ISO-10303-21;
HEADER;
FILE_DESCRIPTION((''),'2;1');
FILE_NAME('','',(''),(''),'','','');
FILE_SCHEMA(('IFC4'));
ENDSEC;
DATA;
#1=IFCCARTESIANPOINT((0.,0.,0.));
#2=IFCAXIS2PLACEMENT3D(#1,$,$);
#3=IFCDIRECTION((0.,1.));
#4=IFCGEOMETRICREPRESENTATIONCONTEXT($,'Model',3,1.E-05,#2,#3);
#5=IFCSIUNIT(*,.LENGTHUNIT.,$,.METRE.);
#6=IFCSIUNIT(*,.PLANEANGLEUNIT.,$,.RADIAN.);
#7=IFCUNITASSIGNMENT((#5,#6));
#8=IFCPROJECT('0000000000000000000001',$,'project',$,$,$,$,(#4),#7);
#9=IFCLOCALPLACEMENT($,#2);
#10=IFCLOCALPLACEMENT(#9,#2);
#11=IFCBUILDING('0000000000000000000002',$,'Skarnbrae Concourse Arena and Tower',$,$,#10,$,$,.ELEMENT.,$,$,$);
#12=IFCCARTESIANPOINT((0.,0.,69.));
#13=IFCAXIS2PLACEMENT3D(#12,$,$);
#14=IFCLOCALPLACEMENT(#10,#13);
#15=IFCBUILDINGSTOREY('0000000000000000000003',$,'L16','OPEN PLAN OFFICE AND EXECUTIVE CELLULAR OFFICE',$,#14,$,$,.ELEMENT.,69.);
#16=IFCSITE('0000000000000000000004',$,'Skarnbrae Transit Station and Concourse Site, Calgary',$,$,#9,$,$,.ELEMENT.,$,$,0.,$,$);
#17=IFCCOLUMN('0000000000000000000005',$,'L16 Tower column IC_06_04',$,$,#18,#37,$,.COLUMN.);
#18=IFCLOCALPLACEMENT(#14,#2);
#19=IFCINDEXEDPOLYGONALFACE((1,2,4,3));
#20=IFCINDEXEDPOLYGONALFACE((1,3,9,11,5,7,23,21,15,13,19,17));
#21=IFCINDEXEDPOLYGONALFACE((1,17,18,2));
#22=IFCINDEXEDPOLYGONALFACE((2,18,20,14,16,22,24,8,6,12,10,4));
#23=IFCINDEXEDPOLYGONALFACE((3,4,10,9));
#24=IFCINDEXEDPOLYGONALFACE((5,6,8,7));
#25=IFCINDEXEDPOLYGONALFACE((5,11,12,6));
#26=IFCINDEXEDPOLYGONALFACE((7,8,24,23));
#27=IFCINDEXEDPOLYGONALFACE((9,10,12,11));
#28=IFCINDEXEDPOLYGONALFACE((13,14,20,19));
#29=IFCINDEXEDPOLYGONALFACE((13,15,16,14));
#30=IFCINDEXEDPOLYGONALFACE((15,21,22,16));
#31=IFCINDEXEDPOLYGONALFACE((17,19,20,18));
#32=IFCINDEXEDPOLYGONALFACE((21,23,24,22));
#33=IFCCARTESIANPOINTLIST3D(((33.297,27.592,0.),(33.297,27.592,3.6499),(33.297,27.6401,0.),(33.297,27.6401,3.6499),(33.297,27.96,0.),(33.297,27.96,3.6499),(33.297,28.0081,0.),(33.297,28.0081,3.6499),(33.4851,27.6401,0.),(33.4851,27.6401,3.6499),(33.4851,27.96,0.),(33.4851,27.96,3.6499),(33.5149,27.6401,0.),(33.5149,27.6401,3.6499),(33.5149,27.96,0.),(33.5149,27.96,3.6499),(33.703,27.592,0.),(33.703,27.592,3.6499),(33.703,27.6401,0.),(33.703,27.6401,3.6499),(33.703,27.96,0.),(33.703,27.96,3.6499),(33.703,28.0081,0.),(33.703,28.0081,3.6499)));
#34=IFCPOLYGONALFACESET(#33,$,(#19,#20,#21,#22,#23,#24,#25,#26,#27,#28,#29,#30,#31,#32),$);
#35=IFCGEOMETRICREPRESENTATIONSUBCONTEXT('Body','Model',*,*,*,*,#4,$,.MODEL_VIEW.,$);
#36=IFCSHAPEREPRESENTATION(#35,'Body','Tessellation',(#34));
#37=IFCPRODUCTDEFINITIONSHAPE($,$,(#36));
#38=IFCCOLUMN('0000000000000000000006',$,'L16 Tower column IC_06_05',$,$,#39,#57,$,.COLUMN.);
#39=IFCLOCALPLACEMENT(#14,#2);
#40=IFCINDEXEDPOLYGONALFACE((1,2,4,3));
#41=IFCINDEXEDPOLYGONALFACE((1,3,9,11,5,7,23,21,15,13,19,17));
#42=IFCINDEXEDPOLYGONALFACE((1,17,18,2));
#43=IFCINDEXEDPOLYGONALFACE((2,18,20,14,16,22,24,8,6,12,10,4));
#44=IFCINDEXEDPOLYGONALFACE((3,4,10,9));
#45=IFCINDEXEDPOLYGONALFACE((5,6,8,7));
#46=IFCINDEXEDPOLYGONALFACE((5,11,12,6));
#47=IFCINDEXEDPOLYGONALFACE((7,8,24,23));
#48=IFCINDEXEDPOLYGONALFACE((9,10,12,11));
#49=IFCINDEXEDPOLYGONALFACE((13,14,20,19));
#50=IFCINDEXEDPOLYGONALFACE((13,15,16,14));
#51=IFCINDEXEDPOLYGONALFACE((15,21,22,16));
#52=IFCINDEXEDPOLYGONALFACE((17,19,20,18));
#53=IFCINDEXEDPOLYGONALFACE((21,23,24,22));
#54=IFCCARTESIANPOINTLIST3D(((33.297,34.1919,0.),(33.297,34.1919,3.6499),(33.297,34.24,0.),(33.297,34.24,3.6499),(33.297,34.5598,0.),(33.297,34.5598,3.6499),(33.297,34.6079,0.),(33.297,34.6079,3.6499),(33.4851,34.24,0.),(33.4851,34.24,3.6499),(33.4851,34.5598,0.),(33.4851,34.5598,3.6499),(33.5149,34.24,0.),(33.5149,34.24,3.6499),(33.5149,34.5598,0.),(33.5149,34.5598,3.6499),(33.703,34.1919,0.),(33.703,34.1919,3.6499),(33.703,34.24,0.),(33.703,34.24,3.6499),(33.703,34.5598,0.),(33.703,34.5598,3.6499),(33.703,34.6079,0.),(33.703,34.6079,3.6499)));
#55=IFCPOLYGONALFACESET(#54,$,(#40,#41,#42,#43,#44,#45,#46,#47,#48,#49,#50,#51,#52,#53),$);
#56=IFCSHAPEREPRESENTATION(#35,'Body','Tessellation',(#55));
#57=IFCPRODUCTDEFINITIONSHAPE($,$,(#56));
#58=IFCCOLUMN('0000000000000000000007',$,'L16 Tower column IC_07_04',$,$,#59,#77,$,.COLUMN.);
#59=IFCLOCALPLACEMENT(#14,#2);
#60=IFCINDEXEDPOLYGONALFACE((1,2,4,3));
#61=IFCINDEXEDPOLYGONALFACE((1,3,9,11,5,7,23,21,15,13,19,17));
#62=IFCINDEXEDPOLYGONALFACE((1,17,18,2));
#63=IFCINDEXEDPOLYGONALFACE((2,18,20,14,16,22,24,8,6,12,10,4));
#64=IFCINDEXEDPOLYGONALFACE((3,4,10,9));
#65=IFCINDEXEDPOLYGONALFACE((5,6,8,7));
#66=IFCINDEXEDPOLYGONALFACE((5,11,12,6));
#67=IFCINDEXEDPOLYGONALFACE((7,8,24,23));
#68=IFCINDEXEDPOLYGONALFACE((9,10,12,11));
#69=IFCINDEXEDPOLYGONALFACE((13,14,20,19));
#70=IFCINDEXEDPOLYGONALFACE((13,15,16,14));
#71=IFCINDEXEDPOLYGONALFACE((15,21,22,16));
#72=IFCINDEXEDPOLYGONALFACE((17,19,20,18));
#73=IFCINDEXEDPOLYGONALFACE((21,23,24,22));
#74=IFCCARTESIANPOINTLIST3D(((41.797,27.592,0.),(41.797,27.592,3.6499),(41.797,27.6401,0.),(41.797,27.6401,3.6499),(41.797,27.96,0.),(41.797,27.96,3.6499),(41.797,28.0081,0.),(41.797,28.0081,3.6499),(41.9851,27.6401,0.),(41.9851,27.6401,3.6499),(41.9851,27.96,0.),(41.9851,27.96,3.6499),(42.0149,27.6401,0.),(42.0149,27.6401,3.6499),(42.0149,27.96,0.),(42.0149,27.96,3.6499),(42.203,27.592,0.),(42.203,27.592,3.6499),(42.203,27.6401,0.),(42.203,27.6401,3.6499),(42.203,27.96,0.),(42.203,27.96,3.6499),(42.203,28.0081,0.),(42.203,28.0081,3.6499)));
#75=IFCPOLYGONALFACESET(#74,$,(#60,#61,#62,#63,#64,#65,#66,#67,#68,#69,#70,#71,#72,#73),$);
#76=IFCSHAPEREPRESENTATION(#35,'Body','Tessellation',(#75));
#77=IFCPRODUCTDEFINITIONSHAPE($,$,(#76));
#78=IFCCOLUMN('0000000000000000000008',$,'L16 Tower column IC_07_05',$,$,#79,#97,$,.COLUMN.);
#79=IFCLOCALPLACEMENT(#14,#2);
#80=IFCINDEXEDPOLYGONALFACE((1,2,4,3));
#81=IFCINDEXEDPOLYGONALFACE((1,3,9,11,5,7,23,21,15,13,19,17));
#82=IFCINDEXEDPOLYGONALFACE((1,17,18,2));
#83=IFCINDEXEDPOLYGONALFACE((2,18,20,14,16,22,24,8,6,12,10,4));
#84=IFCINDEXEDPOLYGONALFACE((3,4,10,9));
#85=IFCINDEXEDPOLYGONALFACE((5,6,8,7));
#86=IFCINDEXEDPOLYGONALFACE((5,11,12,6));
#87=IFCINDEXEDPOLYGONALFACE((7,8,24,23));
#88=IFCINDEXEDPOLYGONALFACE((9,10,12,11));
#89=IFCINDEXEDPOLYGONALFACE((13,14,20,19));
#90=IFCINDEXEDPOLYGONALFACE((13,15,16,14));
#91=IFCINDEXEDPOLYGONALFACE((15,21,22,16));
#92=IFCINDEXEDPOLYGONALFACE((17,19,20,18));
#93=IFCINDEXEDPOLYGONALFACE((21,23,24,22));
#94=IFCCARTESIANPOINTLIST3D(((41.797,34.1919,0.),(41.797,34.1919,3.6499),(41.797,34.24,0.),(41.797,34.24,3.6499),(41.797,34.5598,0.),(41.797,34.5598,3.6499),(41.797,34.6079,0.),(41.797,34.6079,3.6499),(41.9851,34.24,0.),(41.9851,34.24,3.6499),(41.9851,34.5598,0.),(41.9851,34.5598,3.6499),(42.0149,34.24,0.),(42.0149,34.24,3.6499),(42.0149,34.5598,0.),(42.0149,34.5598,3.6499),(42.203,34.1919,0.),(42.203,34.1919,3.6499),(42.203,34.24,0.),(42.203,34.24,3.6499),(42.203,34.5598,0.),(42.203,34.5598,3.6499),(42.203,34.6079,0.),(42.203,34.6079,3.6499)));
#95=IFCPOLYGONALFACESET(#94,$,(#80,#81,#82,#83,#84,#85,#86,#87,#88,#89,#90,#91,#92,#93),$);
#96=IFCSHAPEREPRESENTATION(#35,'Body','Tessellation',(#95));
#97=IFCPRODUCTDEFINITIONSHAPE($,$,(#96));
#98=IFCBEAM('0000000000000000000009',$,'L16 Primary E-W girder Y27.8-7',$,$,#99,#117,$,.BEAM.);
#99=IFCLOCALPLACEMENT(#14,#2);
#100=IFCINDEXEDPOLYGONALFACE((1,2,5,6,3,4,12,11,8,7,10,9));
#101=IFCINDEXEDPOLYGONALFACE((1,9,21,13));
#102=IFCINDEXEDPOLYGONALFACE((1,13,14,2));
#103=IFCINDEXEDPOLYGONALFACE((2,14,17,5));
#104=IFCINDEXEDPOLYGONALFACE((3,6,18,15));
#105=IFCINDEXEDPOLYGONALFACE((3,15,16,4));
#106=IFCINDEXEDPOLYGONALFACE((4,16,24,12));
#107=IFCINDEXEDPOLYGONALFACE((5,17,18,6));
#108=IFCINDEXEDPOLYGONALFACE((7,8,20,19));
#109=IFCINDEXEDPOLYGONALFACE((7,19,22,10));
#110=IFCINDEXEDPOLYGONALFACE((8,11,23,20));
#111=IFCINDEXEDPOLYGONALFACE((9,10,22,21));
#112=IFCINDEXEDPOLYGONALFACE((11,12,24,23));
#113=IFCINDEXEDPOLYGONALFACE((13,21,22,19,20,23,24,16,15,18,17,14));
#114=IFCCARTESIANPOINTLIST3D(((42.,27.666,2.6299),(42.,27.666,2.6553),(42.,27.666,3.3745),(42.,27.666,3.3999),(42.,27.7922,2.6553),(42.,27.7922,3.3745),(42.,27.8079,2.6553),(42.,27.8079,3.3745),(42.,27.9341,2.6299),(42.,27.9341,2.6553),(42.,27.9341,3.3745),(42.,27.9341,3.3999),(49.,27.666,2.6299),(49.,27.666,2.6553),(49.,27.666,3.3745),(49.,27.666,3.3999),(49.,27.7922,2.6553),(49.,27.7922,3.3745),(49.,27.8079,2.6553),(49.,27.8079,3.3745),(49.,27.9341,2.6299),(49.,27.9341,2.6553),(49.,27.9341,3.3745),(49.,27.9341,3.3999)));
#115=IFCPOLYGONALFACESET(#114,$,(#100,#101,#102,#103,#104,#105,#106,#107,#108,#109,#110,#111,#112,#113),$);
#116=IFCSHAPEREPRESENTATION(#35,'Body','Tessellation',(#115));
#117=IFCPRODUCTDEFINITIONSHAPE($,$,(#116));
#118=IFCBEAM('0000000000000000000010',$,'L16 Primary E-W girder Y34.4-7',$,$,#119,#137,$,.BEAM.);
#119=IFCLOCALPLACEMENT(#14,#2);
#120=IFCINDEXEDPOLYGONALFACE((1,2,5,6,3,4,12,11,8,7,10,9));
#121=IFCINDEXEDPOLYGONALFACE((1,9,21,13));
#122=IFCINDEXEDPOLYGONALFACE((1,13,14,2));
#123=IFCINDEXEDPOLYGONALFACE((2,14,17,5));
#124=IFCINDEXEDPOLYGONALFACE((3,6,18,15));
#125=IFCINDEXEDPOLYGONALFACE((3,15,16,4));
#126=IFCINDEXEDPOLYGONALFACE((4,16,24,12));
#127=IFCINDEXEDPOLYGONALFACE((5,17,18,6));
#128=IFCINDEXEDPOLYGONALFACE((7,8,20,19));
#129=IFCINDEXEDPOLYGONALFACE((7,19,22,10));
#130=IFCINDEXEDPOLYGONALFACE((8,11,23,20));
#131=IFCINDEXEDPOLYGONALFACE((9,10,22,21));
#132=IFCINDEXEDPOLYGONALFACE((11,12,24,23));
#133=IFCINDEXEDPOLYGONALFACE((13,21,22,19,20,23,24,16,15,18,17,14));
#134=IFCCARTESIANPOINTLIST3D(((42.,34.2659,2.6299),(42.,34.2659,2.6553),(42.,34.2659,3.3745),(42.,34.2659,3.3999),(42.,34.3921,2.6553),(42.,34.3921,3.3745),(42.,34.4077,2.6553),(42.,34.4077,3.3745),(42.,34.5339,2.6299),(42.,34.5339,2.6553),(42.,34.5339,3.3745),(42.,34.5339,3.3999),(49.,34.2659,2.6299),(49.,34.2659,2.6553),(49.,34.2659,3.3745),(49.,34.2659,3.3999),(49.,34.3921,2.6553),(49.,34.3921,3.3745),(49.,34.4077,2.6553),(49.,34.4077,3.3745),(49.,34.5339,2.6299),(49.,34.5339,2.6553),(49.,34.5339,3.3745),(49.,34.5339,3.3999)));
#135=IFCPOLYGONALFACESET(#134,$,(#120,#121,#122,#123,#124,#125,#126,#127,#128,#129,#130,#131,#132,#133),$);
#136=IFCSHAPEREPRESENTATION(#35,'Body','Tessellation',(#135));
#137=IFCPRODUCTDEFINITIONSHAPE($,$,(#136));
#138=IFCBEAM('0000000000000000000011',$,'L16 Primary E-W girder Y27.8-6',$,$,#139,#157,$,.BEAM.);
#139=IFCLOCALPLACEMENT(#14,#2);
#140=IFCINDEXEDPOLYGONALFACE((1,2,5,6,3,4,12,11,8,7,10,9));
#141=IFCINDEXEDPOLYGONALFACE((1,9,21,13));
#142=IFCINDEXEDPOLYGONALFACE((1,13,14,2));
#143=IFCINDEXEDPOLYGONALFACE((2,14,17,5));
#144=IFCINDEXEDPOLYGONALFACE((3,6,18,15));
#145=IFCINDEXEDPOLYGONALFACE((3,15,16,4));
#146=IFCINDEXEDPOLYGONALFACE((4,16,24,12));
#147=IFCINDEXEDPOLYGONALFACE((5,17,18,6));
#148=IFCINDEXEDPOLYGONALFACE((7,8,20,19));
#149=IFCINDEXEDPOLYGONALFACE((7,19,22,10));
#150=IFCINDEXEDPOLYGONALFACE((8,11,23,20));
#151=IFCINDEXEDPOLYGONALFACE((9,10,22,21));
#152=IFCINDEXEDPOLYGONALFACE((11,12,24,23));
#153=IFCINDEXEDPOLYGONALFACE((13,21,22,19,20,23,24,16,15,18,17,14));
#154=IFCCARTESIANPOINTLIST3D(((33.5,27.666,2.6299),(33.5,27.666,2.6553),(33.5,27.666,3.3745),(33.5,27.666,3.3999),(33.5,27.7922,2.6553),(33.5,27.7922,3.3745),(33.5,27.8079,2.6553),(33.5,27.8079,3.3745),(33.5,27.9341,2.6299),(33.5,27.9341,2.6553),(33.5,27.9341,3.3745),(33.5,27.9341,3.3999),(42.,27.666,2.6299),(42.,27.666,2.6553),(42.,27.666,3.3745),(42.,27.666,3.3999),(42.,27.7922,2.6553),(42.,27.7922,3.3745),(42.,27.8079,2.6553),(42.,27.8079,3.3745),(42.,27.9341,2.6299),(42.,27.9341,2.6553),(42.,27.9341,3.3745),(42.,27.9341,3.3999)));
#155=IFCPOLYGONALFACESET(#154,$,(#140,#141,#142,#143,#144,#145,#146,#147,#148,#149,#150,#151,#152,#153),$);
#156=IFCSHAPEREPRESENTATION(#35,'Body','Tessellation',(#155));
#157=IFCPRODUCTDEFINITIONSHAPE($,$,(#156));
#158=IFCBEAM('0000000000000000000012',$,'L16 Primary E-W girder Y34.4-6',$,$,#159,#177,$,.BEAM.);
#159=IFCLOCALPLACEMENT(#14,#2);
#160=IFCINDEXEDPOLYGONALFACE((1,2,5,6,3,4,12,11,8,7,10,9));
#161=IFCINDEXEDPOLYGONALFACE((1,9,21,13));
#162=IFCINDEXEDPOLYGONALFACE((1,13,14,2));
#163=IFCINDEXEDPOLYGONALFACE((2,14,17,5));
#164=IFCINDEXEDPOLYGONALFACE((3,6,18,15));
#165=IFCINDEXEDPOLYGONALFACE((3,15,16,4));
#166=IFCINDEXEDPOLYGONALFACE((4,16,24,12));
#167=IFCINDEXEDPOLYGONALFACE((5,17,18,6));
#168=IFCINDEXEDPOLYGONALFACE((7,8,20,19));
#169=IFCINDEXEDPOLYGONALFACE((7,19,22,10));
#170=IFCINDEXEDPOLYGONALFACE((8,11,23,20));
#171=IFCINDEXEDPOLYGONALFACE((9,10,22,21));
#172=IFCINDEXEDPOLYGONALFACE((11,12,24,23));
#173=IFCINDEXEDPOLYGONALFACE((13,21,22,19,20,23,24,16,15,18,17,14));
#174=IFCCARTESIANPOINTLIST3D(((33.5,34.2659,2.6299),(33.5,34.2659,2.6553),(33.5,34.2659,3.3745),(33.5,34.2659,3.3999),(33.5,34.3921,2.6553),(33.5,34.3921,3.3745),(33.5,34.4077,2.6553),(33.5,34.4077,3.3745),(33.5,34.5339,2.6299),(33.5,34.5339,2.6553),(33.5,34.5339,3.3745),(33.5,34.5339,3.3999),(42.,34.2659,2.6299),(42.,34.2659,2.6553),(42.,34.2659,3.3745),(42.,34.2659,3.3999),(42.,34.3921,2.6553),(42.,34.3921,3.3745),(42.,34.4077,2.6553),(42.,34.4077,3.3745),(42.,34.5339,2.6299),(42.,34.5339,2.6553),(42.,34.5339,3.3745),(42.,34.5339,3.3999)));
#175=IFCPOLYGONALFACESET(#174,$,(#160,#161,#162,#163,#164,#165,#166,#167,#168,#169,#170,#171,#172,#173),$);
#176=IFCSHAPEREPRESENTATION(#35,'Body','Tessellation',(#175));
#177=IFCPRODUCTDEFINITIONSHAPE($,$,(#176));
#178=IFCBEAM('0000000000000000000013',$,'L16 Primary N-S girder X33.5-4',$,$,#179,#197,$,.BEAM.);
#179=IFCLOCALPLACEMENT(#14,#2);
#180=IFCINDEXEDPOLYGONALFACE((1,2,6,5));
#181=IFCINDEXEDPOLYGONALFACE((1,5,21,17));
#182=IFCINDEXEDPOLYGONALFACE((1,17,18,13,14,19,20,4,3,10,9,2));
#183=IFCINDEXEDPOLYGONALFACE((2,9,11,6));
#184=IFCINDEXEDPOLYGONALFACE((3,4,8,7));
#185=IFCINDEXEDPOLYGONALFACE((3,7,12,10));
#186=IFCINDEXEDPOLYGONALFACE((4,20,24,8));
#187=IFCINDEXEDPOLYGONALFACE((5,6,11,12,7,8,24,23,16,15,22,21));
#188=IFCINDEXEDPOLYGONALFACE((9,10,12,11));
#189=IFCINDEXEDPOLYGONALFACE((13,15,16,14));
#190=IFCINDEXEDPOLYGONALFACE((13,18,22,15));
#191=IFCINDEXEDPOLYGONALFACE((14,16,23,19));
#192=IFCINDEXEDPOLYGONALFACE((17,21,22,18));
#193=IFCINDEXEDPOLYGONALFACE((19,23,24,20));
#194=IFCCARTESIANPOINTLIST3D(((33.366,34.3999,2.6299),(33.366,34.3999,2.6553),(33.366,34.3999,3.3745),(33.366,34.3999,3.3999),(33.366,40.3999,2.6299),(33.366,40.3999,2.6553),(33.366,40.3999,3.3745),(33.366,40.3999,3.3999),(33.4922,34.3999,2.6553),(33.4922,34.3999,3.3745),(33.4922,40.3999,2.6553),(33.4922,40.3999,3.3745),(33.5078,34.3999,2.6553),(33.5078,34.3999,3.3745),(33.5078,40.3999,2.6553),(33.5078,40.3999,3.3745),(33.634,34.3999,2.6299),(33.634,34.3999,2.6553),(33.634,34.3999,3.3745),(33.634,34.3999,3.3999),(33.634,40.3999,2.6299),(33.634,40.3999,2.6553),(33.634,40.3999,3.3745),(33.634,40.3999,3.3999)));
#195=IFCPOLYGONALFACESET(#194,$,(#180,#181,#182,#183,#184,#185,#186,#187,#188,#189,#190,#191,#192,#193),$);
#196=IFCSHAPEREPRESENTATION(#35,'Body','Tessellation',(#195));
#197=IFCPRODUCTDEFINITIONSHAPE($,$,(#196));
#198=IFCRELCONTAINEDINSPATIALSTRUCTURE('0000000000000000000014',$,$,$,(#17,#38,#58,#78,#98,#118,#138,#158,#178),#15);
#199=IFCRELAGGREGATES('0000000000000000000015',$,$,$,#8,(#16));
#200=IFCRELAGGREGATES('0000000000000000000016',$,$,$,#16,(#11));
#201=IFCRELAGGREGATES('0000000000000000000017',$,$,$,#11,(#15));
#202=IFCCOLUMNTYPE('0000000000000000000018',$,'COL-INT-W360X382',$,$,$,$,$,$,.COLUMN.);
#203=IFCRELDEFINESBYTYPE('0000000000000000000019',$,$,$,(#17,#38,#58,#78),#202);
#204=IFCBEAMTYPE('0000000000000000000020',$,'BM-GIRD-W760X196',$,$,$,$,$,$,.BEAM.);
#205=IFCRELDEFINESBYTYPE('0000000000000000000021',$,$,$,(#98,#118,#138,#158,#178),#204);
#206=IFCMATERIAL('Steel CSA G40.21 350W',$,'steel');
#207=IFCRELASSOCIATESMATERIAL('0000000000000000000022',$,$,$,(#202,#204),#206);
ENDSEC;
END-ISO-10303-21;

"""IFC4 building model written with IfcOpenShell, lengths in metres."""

from ifc_helpers import new_model, si_unit, direction, frame, origin, origin_2d, place, context, subcontext, project, spatial, i_section, extrude, source, transform, mapped, material, material_profile, profile_set, type_object, element, save


model = new_model("IFC4")

# Units and contexts
model_context = context("Model", 3, precision=1e-05, world=origin(), true_north=direction((0.0, 1.0)))
body_context = subcontext(model_context, "Body", "Model", "MODEL_VIEW")
ifc_project = project(units=[si_unit("LENGTHUNIT", "METRE"), si_unit("PLANEANGLEUNIT", "RADIAN")], contexts=[model_context])

# Site, building, storey
site_placement = place(None, origin())
site = spatial("IfcSite", under=ifc_project, at=site_placement, Name="Skarnbrae Transit Station and Concourse Site, Calgary", CompositionType="ELEMENT", RefElevation=0.0)
building_placement = place(site_placement, origin())
building = spatial("IfcBuilding", under=site, at=building_placement, Name="Skarnbrae Concourse Arena and Tower", CompositionType="ELEMENT")
storey_placement = place(building_placement, frame((0.0, 0.0, 69.0)))
storey = spatial("IfcBuildingStorey", under=building, at=storey_placement, Name="L16", Description="OPEN PLAN OFFICE AND EXECUTIVE CELLULAR OFFICE", CompositionType="ELEMENT", Elevation=69.0)

# Columns
ifc_material_1 = material(Name="Steel CSA G40.21 350W", Category="steel")
ifc_material_profile_1 = material_profile(ifc_material_1, i_section(OverallWidth=0.406, OverallDepth=0.416, WebThickness=0.0298, FlangeThickness=0.0481, at=origin_2d()), Name="W360X382")
ifc_profile_set_1 = profile_set([ifc_material_profile_1], Name="Steel CSA G40.21 350W")
column_type = type_object("IfcColumnType", Name="COL-INT-W360X382", PredefinedType="COLUMN", material=ifc_profile_set_1)
shared_shape_1 = source(origin(), body_context, "Body", "SweptSolid", [
    extrude(i_section(OverallWidth=0.406, OverallDepth=0.416, WebThickness=0.0298, FlangeThickness=0.0481, at=origin_2d()), origin(), (0.0, 0.0, 1.0), 3.6499),
])
for number, where, z_axis, x_axis, name in (
    (1, (33.5, 27.8, 0.0), (0.0, 0.0, 1.0), (1.0, 0.0, 0.0), "L16 Tower column IC_06_04"),
    (2, (33.5, 34.3999, 0.0), (0.0, 0.0, 1.0), (1.0, 0.0, 0.0), "L16 Tower column IC_06_05"),
    (3, (42.0, 27.8, 0.0), (0.0, 0.0, 1.0), (1.0, 0.0, 0.0), "L16 Tower column IC_07_04"),
    (4, (42.0, 34.3999, 0.0), (0.0, 0.0, 1.0), (1.0, 0.0, 0.0), "L16 Tower column IC_07_05"),
):
    element("IfcColumn", number, at=place(storey_placement, frame(where, z_axis=z_axis, x_axis=x_axis)), inside=storey, type_object=column_type, Name=name, PredefinedType="COLUMN", context=body_context, shape_type="MappedRepresentation", body=[
        mapped(shared_shape_1, transform((0.0, 0.0, 0.0))),
    ])

# Beams
ifc_material_profile_2 = material_profile(ifc_material_1, i_section(OverallWidth=0.2681, OverallDepth=0.77, WebThickness=0.0156, FlangeThickness=0.0254, at=origin_2d()), Name="W760X196")
ifc_profile_set_2 = profile_set([ifc_material_profile_2], Name="Steel CSA G40.21 350W")
beam_type_1 = type_object("IfcBeamType", Name="BM-GIRD-W760X196", PredefinedType="BEAM", material=ifc_profile_set_2)
shared_shape_2 = source(origin(), body_context, "Body", "SweptSolid", [
    extrude(i_section(OverallWidth=0.2681, OverallDepth=0.77, WebThickness=0.0156, FlangeThickness=0.0254, at=origin_2d()), origin(), (0.0, 0.0, 1.0), 7.0),
])
for number, where, z_axis, x_axis, name in (
    (5, (42.0, 27.8, 3.0149), (1.0, 0.0, 0.0), (0.0, 1.0, 0.0), "L16 Primary E-W girder Y27.8-7"),
    (6, (42.0, 34.3999, 3.0149), (1.0, 0.0, 0.0), (0.0, 1.0, 0.0), "L16 Primary E-W girder Y34.4-7"),
):
    element("IfcBeam", number, at=place(storey_placement, frame(where, z_axis=z_axis, x_axis=x_axis)), inside=storey, type_object=beam_type_1, Name=name, PredefinedType="BEAM", context=body_context, shape_type="MappedRepresentation", body=[
        mapped(shared_shape_2, transform((0.0, 0.0, 0.0))),
    ])
shared_shape_3 = source(origin(), body_context, "Body", "SweptSolid", [
    extrude(i_section(OverallWidth=0.2681, OverallDepth=0.77, WebThickness=0.0156, FlangeThickness=0.0254, at=origin_2d()), origin(), (0.0, 0.0, 1.0), 8.5),
])
for number, where, z_axis, x_axis, name in (
    (7, (33.5, 27.8, 3.0149), (1.0, 0.0, 0.0), (0.0, 1.0, 0.0), "L16 Primary E-W girder Y27.8-6"),
    (8, (33.5, 34.3999, 3.0149), (1.0, 0.0, 0.0), (0.0, 1.0, 0.0), "L16 Primary E-W girder Y34.4-6"),
):
    element("IfcBeam", number, at=place(storey_placement, frame(where, z_axis=z_axis, x_axis=x_axis)), inside=storey, type_object=beam_type_1, Name=name, PredefinedType="BEAM", context=body_context, shape_type="MappedRepresentation", body=[
        mapped(shared_shape_3, transform((0.0, 0.0, 0.0))),
    ])
shared_shape_4 = source(origin(), body_context, "Body", "SweptSolid", [
    extrude(i_section(OverallWidth=0.2681, OverallDepth=0.77, WebThickness=0.0156, FlangeThickness=0.0254, at=origin_2d()), origin(), (0.0, 0.0, 1.0), 6.0),
])
for number, where, z_axis, x_axis, name in (
    (9, (33.5, 34.3999, 3.0149), (0.0, 1.0, 0.0), (-1.0, 0.0, 0.0), "L16 Primary N-S girder X33.5-4"),
):
    element("IfcBeam", number, at=place(storey_placement, frame(where, z_axis=z_axis, x_axis=x_axis)), inside=storey, type_object=beam_type_1, Name=name, PredefinedType="BEAM", context=body_context, shape_type="MappedRepresentation", body=[
        mapped(shared_shape_4, transform((0.0, 0.0, 0.0))),
    ])

save(model, "model.ifc")
